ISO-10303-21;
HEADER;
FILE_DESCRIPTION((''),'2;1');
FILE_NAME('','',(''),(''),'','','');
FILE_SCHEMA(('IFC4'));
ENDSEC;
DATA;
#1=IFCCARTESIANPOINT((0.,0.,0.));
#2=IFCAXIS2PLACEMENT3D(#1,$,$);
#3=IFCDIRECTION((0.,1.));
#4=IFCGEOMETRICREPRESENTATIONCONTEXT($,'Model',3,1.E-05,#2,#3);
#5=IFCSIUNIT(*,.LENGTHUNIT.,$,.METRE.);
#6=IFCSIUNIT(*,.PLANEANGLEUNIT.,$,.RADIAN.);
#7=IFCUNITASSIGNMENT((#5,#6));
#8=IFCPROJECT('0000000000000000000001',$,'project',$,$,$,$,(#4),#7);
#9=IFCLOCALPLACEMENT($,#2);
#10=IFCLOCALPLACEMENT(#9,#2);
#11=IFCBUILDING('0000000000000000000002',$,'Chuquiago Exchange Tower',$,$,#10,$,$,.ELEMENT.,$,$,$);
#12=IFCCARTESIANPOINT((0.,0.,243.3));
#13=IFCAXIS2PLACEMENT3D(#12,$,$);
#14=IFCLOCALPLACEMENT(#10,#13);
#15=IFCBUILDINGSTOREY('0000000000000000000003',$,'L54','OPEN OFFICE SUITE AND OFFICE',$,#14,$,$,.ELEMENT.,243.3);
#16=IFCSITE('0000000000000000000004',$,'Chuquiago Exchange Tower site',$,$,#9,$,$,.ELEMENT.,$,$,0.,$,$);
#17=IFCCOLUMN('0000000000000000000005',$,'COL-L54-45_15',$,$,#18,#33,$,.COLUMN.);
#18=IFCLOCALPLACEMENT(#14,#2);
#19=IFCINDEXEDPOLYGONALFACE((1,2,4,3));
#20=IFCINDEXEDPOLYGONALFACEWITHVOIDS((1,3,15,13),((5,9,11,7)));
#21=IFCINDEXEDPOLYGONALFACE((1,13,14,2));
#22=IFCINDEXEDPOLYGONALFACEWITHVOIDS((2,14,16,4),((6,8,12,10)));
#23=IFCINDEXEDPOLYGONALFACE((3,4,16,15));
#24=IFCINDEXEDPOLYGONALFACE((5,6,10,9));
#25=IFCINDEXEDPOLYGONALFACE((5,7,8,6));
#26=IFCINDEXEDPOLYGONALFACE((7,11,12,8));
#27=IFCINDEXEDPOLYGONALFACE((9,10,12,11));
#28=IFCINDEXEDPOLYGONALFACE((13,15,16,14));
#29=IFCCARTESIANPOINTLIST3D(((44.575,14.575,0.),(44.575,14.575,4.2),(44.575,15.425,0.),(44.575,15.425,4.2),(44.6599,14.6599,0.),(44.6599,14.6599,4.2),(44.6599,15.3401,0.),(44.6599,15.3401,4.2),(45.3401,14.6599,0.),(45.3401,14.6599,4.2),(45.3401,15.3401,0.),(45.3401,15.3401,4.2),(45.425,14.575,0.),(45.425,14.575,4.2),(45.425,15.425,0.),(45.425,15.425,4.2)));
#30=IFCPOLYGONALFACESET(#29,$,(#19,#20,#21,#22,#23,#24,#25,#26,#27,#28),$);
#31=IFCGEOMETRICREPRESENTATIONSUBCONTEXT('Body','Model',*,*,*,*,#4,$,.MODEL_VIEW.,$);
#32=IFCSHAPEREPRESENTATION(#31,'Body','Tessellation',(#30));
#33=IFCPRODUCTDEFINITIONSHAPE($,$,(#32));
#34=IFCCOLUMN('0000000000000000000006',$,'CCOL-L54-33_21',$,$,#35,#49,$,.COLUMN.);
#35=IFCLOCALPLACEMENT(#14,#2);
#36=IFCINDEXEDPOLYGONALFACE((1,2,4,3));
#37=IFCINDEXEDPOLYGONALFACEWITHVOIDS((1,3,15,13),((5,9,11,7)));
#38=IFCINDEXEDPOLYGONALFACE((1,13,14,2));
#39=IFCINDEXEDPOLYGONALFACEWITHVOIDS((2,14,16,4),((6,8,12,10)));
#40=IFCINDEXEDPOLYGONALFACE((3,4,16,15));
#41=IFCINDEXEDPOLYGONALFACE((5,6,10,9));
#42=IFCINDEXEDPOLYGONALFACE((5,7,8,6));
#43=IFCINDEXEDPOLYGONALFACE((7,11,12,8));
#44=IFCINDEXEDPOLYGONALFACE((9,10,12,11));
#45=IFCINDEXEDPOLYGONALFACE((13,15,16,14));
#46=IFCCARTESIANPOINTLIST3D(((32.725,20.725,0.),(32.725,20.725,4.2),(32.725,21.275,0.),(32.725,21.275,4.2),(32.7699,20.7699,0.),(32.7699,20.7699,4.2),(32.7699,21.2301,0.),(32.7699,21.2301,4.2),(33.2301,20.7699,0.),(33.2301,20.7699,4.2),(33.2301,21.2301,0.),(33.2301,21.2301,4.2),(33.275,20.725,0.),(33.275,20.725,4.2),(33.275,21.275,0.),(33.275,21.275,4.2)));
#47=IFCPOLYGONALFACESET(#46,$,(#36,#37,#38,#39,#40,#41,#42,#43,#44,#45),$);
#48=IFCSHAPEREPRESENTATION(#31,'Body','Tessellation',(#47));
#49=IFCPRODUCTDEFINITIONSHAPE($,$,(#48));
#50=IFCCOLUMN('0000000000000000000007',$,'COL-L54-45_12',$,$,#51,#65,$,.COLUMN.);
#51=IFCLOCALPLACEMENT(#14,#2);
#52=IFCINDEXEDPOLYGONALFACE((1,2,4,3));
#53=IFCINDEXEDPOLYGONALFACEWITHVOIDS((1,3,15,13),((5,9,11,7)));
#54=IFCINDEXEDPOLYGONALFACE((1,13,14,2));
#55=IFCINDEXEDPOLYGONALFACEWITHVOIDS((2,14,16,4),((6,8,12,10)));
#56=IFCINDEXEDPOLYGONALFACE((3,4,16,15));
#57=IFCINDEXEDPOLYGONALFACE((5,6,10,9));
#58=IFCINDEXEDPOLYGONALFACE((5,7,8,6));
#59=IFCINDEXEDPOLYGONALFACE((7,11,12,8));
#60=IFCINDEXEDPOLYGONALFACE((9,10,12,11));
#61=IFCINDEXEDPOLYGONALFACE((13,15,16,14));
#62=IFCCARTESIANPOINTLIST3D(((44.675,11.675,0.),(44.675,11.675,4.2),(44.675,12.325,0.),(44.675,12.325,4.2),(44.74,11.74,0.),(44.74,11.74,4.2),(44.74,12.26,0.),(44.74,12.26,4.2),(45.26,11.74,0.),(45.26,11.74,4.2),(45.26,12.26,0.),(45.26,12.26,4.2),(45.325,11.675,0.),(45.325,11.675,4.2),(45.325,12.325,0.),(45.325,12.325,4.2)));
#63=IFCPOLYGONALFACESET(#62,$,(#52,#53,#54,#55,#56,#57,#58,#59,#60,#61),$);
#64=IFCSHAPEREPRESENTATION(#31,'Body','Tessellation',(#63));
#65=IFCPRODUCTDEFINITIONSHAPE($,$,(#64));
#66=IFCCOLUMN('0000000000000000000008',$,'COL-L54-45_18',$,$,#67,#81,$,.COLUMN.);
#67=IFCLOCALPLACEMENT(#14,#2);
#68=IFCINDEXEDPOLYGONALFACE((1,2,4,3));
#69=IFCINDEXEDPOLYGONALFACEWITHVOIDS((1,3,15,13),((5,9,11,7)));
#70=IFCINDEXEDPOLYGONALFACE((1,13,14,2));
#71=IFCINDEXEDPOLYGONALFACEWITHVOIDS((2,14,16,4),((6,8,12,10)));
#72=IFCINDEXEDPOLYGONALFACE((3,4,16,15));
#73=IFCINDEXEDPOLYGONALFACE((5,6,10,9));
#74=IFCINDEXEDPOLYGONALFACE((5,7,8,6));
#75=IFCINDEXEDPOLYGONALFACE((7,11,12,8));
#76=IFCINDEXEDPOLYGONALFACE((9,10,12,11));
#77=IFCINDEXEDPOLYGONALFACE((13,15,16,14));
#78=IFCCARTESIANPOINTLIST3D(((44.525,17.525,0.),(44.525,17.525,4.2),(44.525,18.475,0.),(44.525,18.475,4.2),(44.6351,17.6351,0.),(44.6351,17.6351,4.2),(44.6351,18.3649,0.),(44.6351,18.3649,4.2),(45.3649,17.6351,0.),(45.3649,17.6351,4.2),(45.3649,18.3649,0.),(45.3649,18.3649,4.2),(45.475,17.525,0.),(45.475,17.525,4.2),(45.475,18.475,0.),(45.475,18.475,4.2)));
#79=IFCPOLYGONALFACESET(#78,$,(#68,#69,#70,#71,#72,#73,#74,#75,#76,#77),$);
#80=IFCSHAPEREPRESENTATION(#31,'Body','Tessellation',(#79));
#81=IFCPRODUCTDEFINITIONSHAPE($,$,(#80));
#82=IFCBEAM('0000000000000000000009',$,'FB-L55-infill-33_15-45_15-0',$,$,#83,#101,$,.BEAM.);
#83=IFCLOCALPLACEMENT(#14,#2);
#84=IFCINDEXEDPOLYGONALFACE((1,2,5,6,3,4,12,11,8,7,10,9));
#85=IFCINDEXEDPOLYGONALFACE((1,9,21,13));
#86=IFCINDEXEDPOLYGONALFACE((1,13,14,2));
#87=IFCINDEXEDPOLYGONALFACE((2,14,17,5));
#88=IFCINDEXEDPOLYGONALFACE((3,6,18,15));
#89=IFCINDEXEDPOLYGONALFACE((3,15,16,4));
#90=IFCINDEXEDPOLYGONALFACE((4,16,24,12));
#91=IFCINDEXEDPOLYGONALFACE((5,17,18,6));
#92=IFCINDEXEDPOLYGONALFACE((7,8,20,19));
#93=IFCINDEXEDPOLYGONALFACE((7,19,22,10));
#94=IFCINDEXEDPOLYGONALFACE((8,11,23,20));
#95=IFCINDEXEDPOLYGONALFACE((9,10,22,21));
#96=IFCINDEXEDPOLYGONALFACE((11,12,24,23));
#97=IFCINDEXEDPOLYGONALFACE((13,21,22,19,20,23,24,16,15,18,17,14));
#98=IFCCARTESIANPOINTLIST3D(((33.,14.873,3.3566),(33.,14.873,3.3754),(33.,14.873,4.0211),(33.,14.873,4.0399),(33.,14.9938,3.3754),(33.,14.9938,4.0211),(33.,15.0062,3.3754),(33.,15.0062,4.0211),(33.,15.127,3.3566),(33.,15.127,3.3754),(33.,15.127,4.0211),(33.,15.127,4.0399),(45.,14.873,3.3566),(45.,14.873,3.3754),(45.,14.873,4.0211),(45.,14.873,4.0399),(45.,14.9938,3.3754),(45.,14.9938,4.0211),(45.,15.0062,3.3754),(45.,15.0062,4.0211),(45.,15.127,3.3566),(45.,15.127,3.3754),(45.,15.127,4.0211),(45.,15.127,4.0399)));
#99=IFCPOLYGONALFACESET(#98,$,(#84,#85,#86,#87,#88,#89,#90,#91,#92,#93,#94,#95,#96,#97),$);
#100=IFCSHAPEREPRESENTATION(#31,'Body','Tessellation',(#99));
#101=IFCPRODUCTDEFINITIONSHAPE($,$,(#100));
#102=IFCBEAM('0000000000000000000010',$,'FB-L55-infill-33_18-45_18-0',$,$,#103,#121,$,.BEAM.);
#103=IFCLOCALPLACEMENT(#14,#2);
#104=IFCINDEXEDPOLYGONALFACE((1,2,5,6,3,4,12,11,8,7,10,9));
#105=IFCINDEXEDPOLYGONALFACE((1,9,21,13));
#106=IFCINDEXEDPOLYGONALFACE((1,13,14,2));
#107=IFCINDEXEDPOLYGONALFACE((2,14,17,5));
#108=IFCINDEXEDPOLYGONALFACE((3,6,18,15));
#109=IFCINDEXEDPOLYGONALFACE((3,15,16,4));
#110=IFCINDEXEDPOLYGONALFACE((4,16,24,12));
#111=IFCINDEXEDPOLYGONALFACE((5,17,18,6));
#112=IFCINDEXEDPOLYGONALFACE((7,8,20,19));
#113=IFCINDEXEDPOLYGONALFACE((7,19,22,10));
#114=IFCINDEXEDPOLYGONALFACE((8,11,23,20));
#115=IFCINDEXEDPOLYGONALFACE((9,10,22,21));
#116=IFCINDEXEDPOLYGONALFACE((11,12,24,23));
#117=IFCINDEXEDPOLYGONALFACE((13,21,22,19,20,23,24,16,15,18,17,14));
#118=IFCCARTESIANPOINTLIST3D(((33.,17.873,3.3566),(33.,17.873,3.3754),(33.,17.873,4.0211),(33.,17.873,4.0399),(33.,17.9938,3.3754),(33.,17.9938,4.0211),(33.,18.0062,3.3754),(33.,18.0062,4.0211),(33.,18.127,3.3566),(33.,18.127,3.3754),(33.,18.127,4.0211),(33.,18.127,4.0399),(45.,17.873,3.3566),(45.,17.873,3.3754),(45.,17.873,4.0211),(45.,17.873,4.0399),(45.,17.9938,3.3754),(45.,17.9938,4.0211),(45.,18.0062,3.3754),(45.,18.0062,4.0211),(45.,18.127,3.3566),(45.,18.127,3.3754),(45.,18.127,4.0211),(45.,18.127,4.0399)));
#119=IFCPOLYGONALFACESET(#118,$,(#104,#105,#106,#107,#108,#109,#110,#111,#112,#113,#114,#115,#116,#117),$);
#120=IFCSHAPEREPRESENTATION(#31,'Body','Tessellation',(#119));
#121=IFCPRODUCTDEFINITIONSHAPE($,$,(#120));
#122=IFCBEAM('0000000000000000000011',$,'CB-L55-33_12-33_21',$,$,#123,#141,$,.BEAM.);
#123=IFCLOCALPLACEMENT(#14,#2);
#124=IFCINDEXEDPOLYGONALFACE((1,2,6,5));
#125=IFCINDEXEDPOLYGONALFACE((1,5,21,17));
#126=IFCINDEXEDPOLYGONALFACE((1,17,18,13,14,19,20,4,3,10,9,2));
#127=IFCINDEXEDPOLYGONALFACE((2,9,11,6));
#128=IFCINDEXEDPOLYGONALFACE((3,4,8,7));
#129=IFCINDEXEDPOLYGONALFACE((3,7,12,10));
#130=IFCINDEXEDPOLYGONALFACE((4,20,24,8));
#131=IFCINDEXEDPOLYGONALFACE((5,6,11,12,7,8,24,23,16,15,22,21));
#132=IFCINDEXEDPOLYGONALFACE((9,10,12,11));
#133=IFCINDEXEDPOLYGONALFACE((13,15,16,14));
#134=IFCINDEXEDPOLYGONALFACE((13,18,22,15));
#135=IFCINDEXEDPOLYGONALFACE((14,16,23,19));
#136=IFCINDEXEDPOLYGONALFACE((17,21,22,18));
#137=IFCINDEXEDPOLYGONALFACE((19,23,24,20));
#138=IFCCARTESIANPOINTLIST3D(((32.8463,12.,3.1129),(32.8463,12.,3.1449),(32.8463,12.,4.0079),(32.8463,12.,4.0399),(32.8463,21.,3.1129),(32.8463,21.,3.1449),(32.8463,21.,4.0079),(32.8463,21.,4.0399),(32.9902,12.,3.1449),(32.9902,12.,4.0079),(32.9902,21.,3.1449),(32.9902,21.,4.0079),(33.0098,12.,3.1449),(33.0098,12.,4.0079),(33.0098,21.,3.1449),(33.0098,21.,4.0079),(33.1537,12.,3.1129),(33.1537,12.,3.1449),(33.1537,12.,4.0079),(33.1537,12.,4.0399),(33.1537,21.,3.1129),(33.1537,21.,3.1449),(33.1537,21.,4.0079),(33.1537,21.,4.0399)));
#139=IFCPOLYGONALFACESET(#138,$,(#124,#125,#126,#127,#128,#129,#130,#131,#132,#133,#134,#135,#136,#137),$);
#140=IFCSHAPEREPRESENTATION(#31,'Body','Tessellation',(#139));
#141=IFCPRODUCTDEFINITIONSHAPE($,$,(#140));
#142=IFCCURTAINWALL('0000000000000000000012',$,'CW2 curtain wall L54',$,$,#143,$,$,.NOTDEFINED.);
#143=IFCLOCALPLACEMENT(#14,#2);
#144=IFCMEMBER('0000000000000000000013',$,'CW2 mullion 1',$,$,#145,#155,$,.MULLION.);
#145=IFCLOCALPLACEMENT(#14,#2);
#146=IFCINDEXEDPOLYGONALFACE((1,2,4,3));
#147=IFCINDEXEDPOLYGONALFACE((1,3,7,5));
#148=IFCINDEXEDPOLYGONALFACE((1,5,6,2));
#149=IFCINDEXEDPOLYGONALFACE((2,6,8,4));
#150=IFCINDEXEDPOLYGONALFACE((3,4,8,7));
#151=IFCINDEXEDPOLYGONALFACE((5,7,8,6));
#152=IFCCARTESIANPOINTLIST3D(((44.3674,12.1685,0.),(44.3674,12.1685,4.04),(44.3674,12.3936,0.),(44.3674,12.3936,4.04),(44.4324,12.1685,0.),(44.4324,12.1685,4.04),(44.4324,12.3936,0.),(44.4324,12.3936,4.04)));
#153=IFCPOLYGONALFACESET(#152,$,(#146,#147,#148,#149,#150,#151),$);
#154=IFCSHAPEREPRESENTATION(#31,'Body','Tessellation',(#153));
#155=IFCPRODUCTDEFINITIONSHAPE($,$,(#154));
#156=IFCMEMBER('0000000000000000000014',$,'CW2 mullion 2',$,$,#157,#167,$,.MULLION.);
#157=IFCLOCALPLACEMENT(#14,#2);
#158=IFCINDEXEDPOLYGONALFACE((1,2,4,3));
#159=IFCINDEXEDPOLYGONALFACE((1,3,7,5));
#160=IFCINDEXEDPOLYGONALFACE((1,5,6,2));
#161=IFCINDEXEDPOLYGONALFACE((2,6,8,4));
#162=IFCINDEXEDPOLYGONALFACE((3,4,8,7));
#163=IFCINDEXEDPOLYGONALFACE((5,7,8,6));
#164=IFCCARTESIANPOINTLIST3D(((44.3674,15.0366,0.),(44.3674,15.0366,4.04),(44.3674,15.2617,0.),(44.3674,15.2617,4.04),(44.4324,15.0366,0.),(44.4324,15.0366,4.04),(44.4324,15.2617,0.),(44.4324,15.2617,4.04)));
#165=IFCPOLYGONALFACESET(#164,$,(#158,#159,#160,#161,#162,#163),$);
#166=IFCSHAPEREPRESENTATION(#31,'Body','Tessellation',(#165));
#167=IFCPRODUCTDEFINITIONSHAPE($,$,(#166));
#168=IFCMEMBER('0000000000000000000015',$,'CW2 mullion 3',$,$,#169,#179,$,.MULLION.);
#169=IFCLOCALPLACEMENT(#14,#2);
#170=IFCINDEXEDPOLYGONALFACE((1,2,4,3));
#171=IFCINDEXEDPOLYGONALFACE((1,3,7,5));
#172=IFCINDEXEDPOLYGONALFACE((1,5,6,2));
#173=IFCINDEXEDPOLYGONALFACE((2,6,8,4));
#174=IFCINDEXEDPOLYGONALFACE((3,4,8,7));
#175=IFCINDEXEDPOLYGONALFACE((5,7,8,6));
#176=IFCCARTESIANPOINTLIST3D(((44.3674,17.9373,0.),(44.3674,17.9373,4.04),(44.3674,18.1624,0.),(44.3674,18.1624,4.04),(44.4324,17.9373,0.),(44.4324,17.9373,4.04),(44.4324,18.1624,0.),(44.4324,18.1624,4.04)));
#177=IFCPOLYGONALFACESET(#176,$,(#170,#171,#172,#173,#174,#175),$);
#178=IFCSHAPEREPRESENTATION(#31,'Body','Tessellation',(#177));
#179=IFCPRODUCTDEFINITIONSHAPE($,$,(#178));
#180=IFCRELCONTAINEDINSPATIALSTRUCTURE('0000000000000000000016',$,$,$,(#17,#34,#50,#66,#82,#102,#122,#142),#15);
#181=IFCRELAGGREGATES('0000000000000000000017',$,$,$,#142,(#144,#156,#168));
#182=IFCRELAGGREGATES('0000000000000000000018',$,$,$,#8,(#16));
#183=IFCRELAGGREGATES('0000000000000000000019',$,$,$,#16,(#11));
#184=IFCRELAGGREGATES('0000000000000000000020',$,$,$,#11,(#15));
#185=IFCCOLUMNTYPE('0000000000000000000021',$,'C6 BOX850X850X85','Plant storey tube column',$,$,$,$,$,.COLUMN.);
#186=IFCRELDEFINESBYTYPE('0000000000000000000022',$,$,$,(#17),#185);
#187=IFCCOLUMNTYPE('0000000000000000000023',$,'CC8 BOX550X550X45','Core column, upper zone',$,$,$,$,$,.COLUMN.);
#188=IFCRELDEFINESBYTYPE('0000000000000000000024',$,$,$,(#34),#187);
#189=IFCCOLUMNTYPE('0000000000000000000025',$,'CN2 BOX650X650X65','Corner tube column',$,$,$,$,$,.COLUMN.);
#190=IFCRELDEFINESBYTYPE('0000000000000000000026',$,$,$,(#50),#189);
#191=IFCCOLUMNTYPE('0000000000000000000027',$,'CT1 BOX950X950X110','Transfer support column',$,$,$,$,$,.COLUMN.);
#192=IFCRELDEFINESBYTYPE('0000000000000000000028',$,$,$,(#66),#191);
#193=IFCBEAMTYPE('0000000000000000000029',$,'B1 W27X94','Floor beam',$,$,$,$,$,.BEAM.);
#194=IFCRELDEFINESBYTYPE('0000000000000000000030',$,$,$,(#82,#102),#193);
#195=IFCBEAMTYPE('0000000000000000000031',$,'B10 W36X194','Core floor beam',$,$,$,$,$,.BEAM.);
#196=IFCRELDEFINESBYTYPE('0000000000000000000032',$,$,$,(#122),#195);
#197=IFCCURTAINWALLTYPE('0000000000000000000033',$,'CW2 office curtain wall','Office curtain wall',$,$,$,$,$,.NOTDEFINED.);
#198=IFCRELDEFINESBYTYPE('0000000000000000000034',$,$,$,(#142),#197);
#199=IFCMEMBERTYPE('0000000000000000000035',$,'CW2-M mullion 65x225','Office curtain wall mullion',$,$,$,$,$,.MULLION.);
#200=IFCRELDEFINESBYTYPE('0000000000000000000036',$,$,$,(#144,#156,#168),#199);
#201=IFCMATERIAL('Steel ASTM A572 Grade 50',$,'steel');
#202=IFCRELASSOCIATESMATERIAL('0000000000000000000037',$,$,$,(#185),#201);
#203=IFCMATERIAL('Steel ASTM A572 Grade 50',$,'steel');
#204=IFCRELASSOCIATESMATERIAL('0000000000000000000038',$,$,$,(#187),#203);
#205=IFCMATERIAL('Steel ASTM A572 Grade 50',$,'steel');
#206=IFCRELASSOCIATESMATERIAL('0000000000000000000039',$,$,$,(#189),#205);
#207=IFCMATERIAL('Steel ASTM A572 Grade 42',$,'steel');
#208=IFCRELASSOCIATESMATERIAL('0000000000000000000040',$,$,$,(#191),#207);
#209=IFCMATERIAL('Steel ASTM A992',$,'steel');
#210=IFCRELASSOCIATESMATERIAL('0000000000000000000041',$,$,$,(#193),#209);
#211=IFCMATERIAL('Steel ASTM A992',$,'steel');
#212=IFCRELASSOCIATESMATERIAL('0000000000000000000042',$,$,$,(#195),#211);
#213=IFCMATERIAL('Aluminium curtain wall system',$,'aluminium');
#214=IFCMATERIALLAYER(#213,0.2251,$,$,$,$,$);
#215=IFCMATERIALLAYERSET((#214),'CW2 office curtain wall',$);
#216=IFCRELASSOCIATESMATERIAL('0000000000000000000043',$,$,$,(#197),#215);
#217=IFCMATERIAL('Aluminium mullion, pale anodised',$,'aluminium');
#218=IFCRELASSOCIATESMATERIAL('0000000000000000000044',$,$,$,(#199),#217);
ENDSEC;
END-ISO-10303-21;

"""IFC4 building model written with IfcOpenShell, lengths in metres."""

from ifc_helpers import new_model, si_unit, direction, frame, origin, origin_2d, place, context, subcontext, project, spatial, rectangle, hollow_rectangle, i_section, extrude, material, layer, layer_set, material_profile, profile_set, type_object, element, aggregate, save


model = new_model("IFC4")

# Units and contexts
model_context = context("Model", 3, precision=1e-05, world=origin(), true_north=direction((0.0, 1.0)))
body_context = subcontext(model_context, "Body", "Model", "MODEL_VIEW")
ifc_project = project(units=[si_unit("LENGTHUNIT", "METRE"), si_unit("PLANEANGLEUNIT", "RADIAN")], contexts=[model_context])

# Site, building, storey
site_placement = place(None, origin())
site = spatial("IfcSite", under=ifc_project, at=site_placement, Name="Chuquiago Exchange Tower site", CompositionType="ELEMENT", RefElevation=0.0)
building_placement = place(site_placement, origin())
building = spatial("IfcBuilding", under=site, at=building_placement, Name="Chuquiago Exchange Tower", CompositionType="ELEMENT")
storey_placement = place(building_placement, frame((0.0, 0.0, 243.3)))
storey = spatial("IfcBuildingStorey", under=building, at=storey_placement, Name="L54", Description="OPEN OFFICE SUITE AND OFFICE", CompositionType="ELEMENT", Elevation=243.3)

# Columns
ifc_material_1 = material(Name="Steel ASTM A572 Grade 50", Category="steel")
ifc_material_profile_1 = material_profile(ifc_material_1, hollow_rectangle(XDim=0.8501, YDim=0.8501, WallThickness=0.085, at=origin_2d()), Name="BOX850X850X85")
ifc_profile_set_1 = profile_set([ifc_material_profile_1], Name="Steel ASTM A572 Grade 50")
column_type_1 = type_object("IfcColumnType", Name="C6 BOX850X850X85", Description="Plant storey tube column", PredefinedType="COLUMN", material=ifc_profile_set_1)
column_1_placement = place(storey_placement, frame((45.0, 15.0, 0.0), z_axis=(0.0, 0.0, 1.0), x_axis=(1.0, 0.0, 0.0)))
element("IfcColumn", 1, at=column_1_placement, inside=storey, type_object=column_type_1, Name="COL-L54-45_15", PredefinedType="COLUMN", context=body_context, shape_type="SweptSolid", body=[
    extrude(hollow_rectangle(XDim=0.8501, YDim=0.8501, WallThickness=0.085, at=origin_2d()), origin(), (0.0, 0.0, 1.0), 4.2),
])
ifc_material_2 = material(Name="Steel ASTM A572 Grade 50", Category="steel")
ifc_material_profile_2 = material_profile(ifc_material_2, hollow_rectangle(XDim=0.55, YDim=0.55, WallThickness=0.0449, at=origin_2d()), Name="BOX550X550X45")
ifc_profile_set_2 = profile_set([ifc_material_profile_2], Name="Steel ASTM A572 Grade 50")
column_type_2 = type_object("IfcColumnType", Name="CC8 BOX550X550X45", Description="Core column, upper zone", PredefinedType="COLUMN", material=ifc_profile_set_2)
column_2_placement = place(storey_placement, frame((33.0, 21.0, 0.0), z_axis=(0.0, 0.0, 1.0), x_axis=(1.0, 0.0, 0.0)))
element("IfcColumn", 2, at=column_2_placement, inside=storey, type_object=column_type_2, Name="CCOL-L54-33_21", PredefinedType="COLUMN", context=body_context, shape_type="SweptSolid", body=[
    extrude(hollow_rectangle(XDim=0.55, YDim=0.55, WallThickness=0.0449, at=origin_2d()), origin(), (0.0, 0.0, 1.0), 4.2),
])
ifc_material_3 = material(Name="Steel ASTM A572 Grade 50", Category="steel")
ifc_material_profile_3 = material_profile(ifc_material_3, hollow_rectangle(XDim=0.6499, YDim=0.6499, WallThickness=0.0649, at=origin_2d()), Name="BOX650X650X65")
ifc_profile_set_3 = profile_set([ifc_material_profile_3], Name="Steel ASTM A572 Grade 50")
column_type_3 = type_object("IfcColumnType", Name="CN2 BOX650X650X65", Description="Corner tube column", PredefinedType="COLUMN", material=ifc_profile_set_3)
column_3_placement = place(storey_placement, frame((45.0, 12.0, 0.0), z_axis=(0.0, 0.0, 1.0), x_axis=(1.0, 0.0, 0.0)))
element("IfcColumn", 3, at=column_3_placement, inside=storey, type_object=column_type_3, Name="COL-L54-45_12", PredefinedType="COLUMN", context=body_context, shape_type="SweptSolid", body=[
    extrude(hollow_rectangle(XDim=0.6499, YDim=0.6499, WallThickness=0.0649, at=origin_2d()), origin(), (0.0, 0.0, 1.0), 4.2),
])
ifc_material_4 = material(Name="Steel ASTM A572 Grade 42", Category="steel")
ifc_material_profile_4 = material_profile(ifc_material_4, hollow_rectangle(XDim=0.95, YDim=0.95, WallThickness=0.1101, at=origin_2d()), Name="BOX950X950X110")
ifc_profile_set_4 = profile_set([ifc_material_profile_4], Name="Steel ASTM A572 Grade 42")
column_type_4 = type_object("IfcColumnType", Name="CT1 BOX950X950X110", Description="Transfer support column", PredefinedType="COLUMN", material=ifc_profile_set_4)
column_4_placement = place(storey_placement, frame((45.0, 18.0, 0.0), z_axis=(0.0, 0.0, 1.0), x_axis=(1.0, 0.0, 0.0)))
element("IfcColumn", 4, at=column_4_placement, inside=storey, type_object=column_type_4, Name="COL-L54-45_18", PredefinedType="COLUMN", context=body_context, shape_type="SweptSolid", body=[
    extrude(hollow_rectangle(XDim=0.95, YDim=0.95, WallThickness=0.1101, at=origin_2d()), origin(), (0.0, 0.0, 1.0), 4.2),
])

# Beams
ifc_material_5 = material(Name="Steel ASTM A992", Category="steel")
ifc_material_profile_5 = material_profile(ifc_material_5, i_section(OverallWidth=0.2539, OverallDepth=0.6833, WebThickness=0.0125, FlangeThickness=0.0188, at=origin_2d()), Name="W27X94")
ifc_profile_set_5 = profile_set([ifc_material_profile_5], Name="Steel ASTM A992")
beam_type_1 = type_object("IfcBeamType", Name="B1 W27X94", Description="Floor beam", PredefinedType="BEAM", material=ifc_profile_set_5)
for number, where, z_axis, x_axis, name in (
    (5, (33.0, 15.0, 3.6982), (1.0, 0.0, 0.0), (0.0, 1.0, 0.0), "FB-L55-infill-33_15-45_15-0"),
    (6, (33.0, 18.0, 3.6982), (1.0, 0.0, 0.0), (0.0, 1.0, 0.0), "FB-L55-infill-33_18-45_18-0"),
):
    element("IfcBeam", number, at=place(storey_placement, frame(where, z_axis=z_axis, x_axis=x_axis)), inside=storey, type_object=beam_type_1, Name=name, PredefinedType="BEAM", context=body_context, shape_type="SweptSolid", body=[
        extrude(i_section(OverallWidth=0.2539, OverallDepth=0.6833, WebThickness=0.0125, FlangeThickness=0.0188, at=origin_2d()), origin(), (0.0, 0.0, 1.0), 12.0),
    ])
ifc_material_6 = material(Name="Steel ASTM A992", Category="steel")
ifc_material_profile_6 = material_profile(ifc_material_6, i_section(OverallWidth=0.3074, OverallDepth=0.927, WebThickness=0.0195, FlangeThickness=0.032, at=origin_2d()), Name="W36X194")
ifc_profile_set_6 = profile_set([ifc_material_profile_6], Name="Steel ASTM A992")
beam_type_2 = type_object("IfcBeamType", Name="B10 W36X194", Description="Core floor beam", PredefinedType="BEAM", material=ifc_profile_set_6)
beam_1_placement = place(storey_placement, frame((33.0, 12.0, 3.5764), z_axis=(0.0, 1.0, 0.0), x_axis=(-1.0, 0.0, 0.0)))
element("IfcBeam", 7, at=beam_1_placement, inside=storey, type_object=beam_type_2, Name="CB-L55-33_12-33_21", PredefinedType="BEAM", context=body_context, shape_type="SweptSolid", body=[
    extrude(i_section(OverallWidth=0.3074, OverallDepth=0.927, WebThickness=0.0195, FlangeThickness=0.032, at=origin_2d()), origin(), (0.0, 0.0, 1.0), 9.0),
])

# Curtain wall, members
ifc_material_7 = material(Name="Aluminium curtain wall system", Category="aluminium")
ifc_layer_1 = layer(ifc_material_7, 0.2251)
ifc_layer_set_1 = layer_set([ifc_layer_1], Name="CW2 office curtain wall")
curtain_wall_type_1 = type_object("IfcCurtainWallType", Name="CW2 office curtain wall", Description="Office curtain wall", PredefinedType="NOTDEFINED", material=ifc_layer_set_1)
curtain_wall_1_placement = place(storey_placement, origin())
curtain_wall_1 = element("IfcCurtainWall", 8, at=curtain_wall_1_placement, inside=storey, type_object=curtain_wall_type_1, Name="CW2 curtain wall L54", PredefinedType="NOTDEFINED")
ifc_material_8 = material(Name="Aluminium mullion, pale anodised", Category="aluminium")
ifc_material_profile_7 = material_profile(ifc_material_8, rectangle(XDim=0.0649, YDim=0.2251, at=origin_2d()), Name="AL 65x225")
ifc_profile_set_7 = profile_set([ifc_material_profile_7], Name="Aluminium mullion, pale anodised")
member_type_1 = type_object("IfcMemberType", Name="CW2-M mullion 65x225", Description="Office curtain wall mullion", PredefinedType="MULLION", material=ifc_profile_set_7)
member_1_placement = place(storey_placement, frame((44.3999, 12.281, 0.0), z_axis=(0.0, 0.0, 1.0), x_axis=(-1.0, 0.0, 0.0)))
member_1 = element("IfcMember", 9, at=member_1_placement, type_object=member_type_1, Name="CW2 mullion 1", PredefinedType="MULLION", context=body_context, shape_type="SweptSolid", body=[
    extrude(rectangle(XDim=0.0649, YDim=0.2251, at=origin_2d()), origin(), (0.0, 0.0, 1.0), 4.04),
])
member_2_placement = place(storey_placement, frame((44.3999, 15.1492, 0.0), z_axis=(0.0, 0.0, 1.0), x_axis=(-1.0, 0.0, 0.0)))
member_2 = element("IfcMember", 10, at=member_2_placement, type_object=member_type_1, Name="CW2 mullion 2", PredefinedType="MULLION", context=body_context, shape_type="SweptSolid", body=[
    extrude(rectangle(XDim=0.0649, YDim=0.2251, at=origin_2d()), origin(), (0.0, 0.0, 1.0), 4.04),
])
member_3_placement = place(storey_placement, frame((44.3999, 18.0498, 0.0), z_axis=(0.0, 0.0, 1.0), x_axis=(-1.0, 0.0, 0.0)))
member_3 = element("IfcMember", 11, at=member_3_placement, type_object=member_type_1, Name="CW2 mullion 3", PredefinedType="MULLION", context=body_context, shape_type="SweptSolid", body=[
    extrude(rectangle(XDim=0.0649, YDim=0.2251, at=origin_2d()), origin(), (0.0, 0.0, 1.0), 4.04),
])

aggregate(curtain_wall_1, [member_1, member_2, member_3])

save(model, "model.ifc")
